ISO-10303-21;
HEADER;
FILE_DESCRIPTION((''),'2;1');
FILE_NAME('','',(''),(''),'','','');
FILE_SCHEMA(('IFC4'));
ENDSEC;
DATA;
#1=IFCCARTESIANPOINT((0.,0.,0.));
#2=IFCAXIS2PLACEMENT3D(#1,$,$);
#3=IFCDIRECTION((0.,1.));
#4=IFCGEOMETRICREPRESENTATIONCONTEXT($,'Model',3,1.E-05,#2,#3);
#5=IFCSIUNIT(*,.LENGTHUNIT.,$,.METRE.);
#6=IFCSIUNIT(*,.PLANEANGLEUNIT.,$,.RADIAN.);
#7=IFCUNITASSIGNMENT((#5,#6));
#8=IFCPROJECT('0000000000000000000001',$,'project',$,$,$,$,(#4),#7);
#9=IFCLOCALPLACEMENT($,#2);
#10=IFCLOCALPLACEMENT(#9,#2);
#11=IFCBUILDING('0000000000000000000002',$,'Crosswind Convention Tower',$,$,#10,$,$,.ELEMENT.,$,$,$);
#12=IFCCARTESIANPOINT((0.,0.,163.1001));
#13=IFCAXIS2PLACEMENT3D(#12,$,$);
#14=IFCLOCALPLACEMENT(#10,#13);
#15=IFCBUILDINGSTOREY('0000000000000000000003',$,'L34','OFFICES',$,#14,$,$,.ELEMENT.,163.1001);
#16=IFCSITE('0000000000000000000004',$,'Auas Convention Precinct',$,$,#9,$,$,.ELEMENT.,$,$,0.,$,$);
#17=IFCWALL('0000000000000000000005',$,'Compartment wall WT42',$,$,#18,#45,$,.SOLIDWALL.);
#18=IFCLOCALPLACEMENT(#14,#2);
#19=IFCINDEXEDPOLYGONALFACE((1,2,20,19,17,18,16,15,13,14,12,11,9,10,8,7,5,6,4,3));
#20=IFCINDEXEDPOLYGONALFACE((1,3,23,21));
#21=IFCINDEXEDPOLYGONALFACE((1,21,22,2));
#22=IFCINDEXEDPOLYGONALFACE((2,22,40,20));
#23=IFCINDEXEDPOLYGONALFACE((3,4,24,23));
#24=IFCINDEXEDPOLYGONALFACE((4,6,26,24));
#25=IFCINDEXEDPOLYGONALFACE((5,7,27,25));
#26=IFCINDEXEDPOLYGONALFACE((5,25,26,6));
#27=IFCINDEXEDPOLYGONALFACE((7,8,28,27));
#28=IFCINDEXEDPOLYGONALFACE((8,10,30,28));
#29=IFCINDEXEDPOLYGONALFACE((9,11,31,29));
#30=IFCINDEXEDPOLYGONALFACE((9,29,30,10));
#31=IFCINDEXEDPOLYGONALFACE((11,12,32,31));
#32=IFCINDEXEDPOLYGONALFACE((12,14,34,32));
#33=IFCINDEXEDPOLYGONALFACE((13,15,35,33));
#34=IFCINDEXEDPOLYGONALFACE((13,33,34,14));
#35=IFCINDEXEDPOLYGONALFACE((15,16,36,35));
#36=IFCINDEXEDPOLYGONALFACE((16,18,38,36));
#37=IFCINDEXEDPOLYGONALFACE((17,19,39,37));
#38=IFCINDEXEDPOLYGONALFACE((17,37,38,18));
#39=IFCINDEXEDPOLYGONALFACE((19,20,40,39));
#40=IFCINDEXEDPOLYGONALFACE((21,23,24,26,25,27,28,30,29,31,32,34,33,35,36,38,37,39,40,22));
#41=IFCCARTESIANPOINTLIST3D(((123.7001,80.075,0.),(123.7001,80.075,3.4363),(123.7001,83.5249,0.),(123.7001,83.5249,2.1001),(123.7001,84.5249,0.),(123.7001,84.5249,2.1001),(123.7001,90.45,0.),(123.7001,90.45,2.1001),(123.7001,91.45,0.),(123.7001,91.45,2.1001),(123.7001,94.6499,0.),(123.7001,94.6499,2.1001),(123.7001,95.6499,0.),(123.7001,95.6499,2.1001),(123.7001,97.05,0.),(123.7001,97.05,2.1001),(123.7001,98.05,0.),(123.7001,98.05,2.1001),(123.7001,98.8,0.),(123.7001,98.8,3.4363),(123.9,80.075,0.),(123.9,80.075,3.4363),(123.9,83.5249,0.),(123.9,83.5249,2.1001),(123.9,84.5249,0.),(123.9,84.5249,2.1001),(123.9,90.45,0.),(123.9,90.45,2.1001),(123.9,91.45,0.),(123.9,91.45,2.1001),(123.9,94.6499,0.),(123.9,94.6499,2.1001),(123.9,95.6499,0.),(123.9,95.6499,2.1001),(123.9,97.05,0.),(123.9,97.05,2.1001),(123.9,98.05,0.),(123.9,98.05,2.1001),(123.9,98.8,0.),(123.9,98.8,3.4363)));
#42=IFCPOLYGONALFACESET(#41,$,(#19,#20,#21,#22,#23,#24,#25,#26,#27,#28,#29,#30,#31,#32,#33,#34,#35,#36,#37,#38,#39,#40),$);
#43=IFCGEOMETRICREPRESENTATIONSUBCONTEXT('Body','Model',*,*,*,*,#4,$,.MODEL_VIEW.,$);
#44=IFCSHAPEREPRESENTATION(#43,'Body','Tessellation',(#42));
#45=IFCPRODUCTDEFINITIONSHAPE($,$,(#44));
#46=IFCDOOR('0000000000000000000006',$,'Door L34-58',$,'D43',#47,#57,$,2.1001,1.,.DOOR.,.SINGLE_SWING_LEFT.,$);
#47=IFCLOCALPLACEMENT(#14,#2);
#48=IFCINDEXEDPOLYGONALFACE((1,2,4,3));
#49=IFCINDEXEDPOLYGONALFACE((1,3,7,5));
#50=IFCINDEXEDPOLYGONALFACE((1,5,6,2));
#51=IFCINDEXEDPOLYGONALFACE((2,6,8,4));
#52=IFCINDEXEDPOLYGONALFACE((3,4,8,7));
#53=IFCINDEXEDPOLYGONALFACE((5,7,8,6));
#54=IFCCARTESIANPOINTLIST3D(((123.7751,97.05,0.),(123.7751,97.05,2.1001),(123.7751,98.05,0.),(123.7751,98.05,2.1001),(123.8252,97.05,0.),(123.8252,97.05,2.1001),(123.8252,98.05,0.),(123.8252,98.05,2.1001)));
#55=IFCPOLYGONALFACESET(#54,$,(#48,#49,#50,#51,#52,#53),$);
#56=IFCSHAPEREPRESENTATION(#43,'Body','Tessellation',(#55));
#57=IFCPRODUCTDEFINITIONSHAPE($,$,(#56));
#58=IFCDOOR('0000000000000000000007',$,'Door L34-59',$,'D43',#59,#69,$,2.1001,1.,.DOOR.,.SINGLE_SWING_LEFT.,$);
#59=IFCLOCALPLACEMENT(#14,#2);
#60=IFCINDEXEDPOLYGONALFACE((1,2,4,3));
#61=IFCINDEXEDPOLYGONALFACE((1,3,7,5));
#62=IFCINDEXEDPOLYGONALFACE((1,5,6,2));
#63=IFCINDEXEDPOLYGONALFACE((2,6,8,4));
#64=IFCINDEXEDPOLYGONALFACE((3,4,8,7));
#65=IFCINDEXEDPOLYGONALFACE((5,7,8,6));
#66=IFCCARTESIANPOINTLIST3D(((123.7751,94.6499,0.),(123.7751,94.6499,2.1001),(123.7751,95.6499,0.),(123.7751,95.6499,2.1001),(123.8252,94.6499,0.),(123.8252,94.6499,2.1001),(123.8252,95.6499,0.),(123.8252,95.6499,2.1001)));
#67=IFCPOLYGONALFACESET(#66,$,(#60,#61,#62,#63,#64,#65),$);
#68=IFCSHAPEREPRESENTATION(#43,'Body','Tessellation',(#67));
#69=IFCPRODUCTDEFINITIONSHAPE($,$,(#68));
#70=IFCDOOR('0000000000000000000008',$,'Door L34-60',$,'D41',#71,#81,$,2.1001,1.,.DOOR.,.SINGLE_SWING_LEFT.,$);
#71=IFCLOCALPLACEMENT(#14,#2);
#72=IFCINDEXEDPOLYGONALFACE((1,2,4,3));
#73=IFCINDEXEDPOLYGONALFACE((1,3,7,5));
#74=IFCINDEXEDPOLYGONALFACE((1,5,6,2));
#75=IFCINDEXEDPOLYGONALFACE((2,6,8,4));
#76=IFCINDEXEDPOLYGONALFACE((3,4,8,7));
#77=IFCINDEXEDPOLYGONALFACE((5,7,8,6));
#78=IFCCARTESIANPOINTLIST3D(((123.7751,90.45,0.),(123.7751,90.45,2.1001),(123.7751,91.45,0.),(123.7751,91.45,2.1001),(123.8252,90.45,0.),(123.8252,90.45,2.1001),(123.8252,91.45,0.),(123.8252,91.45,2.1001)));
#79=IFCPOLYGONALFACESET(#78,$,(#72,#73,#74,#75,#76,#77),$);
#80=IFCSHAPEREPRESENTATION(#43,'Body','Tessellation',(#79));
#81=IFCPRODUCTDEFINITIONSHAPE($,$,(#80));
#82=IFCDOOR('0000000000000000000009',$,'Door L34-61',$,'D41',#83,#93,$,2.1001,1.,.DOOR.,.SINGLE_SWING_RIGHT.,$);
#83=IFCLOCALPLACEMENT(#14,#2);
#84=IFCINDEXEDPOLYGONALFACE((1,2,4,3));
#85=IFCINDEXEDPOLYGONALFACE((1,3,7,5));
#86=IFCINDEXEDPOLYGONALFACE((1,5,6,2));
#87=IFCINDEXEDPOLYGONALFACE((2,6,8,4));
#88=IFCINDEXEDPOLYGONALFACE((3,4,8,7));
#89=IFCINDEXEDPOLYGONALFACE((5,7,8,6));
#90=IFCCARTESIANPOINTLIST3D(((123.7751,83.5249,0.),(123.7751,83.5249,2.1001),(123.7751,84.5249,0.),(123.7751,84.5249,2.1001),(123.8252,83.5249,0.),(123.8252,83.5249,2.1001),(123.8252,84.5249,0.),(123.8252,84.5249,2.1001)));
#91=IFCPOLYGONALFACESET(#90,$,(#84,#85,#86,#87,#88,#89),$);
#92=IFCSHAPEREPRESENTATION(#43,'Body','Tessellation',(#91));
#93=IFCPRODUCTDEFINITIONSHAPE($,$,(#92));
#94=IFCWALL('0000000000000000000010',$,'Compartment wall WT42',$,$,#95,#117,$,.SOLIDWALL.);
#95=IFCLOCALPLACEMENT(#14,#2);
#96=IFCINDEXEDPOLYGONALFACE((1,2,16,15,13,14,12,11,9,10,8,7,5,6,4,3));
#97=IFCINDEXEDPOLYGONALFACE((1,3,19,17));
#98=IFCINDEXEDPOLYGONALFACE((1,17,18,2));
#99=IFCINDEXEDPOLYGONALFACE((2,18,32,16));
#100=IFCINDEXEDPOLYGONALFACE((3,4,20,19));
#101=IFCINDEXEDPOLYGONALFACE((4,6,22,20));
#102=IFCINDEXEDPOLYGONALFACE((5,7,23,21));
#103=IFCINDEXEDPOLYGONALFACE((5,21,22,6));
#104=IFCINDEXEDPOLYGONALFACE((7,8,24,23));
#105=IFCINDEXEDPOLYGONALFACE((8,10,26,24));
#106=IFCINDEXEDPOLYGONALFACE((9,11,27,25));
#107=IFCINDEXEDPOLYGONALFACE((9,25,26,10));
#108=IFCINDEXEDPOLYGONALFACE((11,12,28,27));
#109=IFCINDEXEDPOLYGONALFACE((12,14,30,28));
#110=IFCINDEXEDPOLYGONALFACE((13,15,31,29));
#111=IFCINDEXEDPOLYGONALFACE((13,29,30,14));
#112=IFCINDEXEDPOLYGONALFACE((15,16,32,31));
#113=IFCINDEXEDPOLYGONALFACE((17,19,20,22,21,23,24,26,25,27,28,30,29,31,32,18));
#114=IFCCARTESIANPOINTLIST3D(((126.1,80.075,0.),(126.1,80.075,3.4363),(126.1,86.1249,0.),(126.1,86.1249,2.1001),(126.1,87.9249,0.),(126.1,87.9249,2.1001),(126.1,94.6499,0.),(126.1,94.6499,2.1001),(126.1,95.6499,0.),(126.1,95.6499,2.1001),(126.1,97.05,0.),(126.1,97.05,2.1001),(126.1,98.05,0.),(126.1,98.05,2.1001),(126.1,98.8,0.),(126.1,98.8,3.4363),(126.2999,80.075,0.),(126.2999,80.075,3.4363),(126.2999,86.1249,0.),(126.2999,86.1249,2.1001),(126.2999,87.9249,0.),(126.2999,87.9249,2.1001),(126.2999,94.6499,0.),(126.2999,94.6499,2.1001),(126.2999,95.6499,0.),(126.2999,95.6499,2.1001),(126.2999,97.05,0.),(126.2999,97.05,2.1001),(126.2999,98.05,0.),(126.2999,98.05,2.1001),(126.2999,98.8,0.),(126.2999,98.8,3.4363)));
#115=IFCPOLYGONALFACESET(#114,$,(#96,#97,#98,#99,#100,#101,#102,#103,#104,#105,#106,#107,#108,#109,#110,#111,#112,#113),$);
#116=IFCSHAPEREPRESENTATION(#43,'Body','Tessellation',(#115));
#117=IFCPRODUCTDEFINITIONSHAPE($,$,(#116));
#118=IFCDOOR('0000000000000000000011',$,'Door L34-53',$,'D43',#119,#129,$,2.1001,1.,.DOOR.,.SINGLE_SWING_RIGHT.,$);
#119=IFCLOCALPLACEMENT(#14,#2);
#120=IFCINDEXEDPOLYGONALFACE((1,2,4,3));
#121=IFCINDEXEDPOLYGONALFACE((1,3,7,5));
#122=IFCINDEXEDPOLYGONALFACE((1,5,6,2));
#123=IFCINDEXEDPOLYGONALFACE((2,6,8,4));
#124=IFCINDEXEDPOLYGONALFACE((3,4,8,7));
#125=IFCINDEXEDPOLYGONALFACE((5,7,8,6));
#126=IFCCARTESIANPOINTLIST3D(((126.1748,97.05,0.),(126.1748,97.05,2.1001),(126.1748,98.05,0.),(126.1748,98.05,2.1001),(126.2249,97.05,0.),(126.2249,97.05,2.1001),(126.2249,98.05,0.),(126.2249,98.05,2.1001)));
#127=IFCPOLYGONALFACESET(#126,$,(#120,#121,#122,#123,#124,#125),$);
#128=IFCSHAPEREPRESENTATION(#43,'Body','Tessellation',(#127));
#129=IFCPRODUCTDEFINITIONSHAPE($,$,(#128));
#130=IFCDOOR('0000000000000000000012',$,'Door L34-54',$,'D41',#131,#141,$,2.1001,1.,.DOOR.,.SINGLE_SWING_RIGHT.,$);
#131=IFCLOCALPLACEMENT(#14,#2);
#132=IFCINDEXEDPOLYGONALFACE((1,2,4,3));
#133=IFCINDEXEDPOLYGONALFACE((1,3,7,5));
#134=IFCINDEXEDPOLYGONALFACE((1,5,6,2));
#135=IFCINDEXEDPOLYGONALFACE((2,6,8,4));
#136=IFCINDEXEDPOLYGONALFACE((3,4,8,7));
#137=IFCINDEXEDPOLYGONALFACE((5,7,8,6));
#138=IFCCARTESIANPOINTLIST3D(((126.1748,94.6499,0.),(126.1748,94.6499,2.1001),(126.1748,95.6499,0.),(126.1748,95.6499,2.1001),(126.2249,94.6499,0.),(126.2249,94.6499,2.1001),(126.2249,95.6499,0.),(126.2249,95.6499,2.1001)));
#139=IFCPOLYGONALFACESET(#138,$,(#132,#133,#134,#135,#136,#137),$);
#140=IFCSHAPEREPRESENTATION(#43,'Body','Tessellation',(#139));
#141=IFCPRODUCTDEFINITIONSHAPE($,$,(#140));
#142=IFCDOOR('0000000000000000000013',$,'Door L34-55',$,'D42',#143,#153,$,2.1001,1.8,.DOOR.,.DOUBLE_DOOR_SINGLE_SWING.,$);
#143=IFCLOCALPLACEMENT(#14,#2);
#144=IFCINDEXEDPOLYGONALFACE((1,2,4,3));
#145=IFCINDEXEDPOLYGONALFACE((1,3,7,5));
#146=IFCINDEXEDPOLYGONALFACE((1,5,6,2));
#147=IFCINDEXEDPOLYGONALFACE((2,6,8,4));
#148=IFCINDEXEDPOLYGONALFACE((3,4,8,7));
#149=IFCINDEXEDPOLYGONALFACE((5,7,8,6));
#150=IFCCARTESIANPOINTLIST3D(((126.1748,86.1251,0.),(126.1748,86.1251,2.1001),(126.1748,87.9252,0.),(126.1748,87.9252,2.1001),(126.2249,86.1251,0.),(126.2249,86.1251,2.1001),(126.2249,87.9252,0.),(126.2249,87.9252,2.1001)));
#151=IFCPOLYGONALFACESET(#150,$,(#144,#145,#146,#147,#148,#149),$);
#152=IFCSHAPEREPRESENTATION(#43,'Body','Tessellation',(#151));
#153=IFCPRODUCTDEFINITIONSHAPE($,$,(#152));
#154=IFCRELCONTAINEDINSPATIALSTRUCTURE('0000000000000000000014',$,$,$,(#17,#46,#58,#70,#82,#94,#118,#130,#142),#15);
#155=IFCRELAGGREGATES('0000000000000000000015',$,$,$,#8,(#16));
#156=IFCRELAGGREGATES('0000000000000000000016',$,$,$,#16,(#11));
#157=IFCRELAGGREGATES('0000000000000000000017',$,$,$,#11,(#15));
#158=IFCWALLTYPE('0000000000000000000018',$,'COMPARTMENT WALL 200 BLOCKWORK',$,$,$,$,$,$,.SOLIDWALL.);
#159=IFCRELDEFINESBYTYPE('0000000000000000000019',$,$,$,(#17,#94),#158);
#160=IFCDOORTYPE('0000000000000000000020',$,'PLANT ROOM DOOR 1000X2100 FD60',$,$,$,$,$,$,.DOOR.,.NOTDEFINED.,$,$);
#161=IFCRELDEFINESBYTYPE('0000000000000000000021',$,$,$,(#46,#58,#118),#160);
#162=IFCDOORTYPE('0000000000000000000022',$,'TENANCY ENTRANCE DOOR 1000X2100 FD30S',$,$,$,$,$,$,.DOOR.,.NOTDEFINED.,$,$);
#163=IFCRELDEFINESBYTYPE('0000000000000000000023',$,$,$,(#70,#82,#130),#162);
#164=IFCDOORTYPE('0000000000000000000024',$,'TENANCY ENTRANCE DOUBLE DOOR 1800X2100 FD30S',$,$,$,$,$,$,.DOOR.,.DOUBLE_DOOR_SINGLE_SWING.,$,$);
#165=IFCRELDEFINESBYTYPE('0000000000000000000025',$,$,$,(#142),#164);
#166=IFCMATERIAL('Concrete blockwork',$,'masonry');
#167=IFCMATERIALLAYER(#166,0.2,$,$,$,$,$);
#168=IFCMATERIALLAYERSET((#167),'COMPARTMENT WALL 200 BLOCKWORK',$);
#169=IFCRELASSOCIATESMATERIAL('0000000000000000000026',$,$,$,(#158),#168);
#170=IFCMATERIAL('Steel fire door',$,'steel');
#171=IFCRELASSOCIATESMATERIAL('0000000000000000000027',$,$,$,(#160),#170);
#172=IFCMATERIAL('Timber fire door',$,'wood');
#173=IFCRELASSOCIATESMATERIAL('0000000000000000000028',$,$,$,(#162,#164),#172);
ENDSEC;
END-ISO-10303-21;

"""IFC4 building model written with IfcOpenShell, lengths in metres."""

from ifc_helpers import new_model, si_unit, direction, frame, frame_2d, origin, place, context, subcontext, project, spatial, rectangle, extrude, material, layer, layer_set, type_object, element, fill, save


model = new_model("IFC4")

# Units and contexts
model_context = context("Model", 3, precision=1e-05, world=origin(), true_north=direction((0.0, 1.0)))
body_context = subcontext(model_context, "Body", "Model", "MODEL_VIEW")
ifc_project = project(units=[si_unit("LENGTHUNIT", "METRE"), si_unit("PLANEANGLEUNIT", "RADIAN")], contexts=[model_context])

# Site, building, storey
site_placement = place(None, origin())
site = spatial("IfcSite", under=ifc_project, at=site_placement, Name="Auas Convention Precinct", CompositionType="ELEMENT", RefElevation=0.0)
building_placement = place(site_placement, origin())
building = spatial("IfcBuilding", under=site, at=building_placement, Name="Crosswind Convention Tower", CompositionType="ELEMENT")
storey_placement = place(building_placement, frame((0.0, 0.0, 163.1001)))
storey = spatial("IfcBuildingStorey", under=building, at=storey_placement, Name="L34", Description="OFFICES", CompositionType="ELEMENT", Elevation=163.1001)

# Walls, openings, doors
ifc_material_1 = material(Name="Concrete blockwork", Category="masonry")
ifc_layer_1 = layer(ifc_material_1, 0.2)
ifc_layer_set_1 = layer_set([ifc_layer_1], Name="COMPARTMENT WALL 200 BLOCKWORK")
wall_type = type_object("IfcWallType", Name="COMPARTMENT WALL 200 BLOCKWORK", PredefinedType="SOLIDWALL", material=ifc_layer_set_1)
wall_1_placement = place(storey_placement, frame((123.8, 80.075, 0.0), z_axis=(0.0, 0.0, 1.0), x_axis=(0.0, 1.0, 0.0)))
wall_1 = element("IfcWall", 1, at=wall_1_placement, inside=storey, type_object=wall_type, Name="Compartment wall WT42", PredefinedType="SOLIDWALL", context=body_context, shape_type="SweptSolid", body=[
    extrude(rectangle(XDim=18.7251, YDim=0.2, at=frame_2d((9.3625, 0.0))), origin(), (0.0, 0.0, 1.0), 3.4363),
])
opening_1_placement = place(wall_1_placement, frame((16.9751, 0.0, 0.0)))
opening_1 = element("IfcOpeningElement", 2, at=opening_1_placement, cuts=wall_1, PredefinedType="OPENING", context=body_context, shape_type="SweptSolid", body=[
    extrude(rectangle(XDim=1.0, YDim=2.1001, at=frame_2d((0.5, 1.05))), frame((0.0, 0.1099, 0.0), z_axis=(0.0, -1.0, 0.0), x_axis=(1.0, 0.0, 0.0)), (0.0, 0.0, 1.0), 0.22),
])
opening_2_placement = place(wall_1_placement, frame((14.575, 0.0, 0.0)))
opening_2 = element("IfcOpeningElement", 3, at=opening_2_placement, cuts=wall_1, PredefinedType="OPENING", context=body_context, shape_type="SweptSolid", body=[
    extrude(rectangle(XDim=1.0, YDim=2.1001, at=frame_2d((0.5, 1.05))), frame((0.0, 0.1099, 0.0), z_axis=(0.0, -1.0, 0.0), x_axis=(1.0, 0.0, 0.0)), (0.0, 0.0, 1.0), 0.22),
])
opening_3_placement = place(wall_1_placement, frame((10.375, 0.0, 0.0)))
opening_3 = element("IfcOpeningElement", 4, at=opening_3_placement, cuts=wall_1, PredefinedType="OPENING", context=body_context, shape_type="SweptSolid", body=[
    extrude(rectangle(XDim=1.0, YDim=2.1001, at=frame_2d((0.5, 1.05))), frame((0.0, 0.1099, 0.0), z_axis=(0.0, -1.0, 0.0), x_axis=(1.0, 0.0, 0.0)), (0.0, 0.0, 1.0), 0.22),
])
opening_4_placement = place(wall_1_placement, frame((3.45, 0.0, 0.0)))
opening_4 = element("IfcOpeningElement", 5, at=opening_4_placement, cuts=wall_1, PredefinedType="OPENING", context=body_context, shape_type="SweptSolid", body=[
    extrude(rectangle(XDim=1.0, YDim=2.1001, at=frame_2d((0.5, 1.05))), frame((0.0, 0.1099, 0.0), z_axis=(0.0, -1.0, 0.0), x_axis=(1.0, 0.0, 0.0)), (0.0, 0.0, 1.0), 0.22),
])
ifc_material_2 = material(Name="Steel fire door", Category="steel")
door_type_1 = type_object("IfcDoorType", Name="PLANT ROOM DOOR 1000X2100 FD60", OperationType="NOTDEFINED", PredefinedType="DOOR", material=ifc_material_2)
door_1_placement = place(opening_1_placement, origin())
door_1 = element("IfcDoor", 6, at=door_1_placement, inside=storey, type_object=door_type_1, Name="Door L34-58", ObjectType="D43", OperationType="SINGLE_SWING_LEFT", OverallHeight=2.1001, OverallWidth=1.0, PredefinedType="DOOR", context=body_context, shape_type="SweptSolid", body=[
    extrude(rectangle(XDim=1.0, YDim=2.1001, at=frame_2d((0.5, 1.05))), frame((0.0, 0.0249, 0.0), z_axis=(0.0, -1.0, 0.0), x_axis=(1.0, 0.0, 0.0)), (0.0, 0.0, 1.0), 0.05),
])
fill(opening_1, door_1)
door_2_placement = place(opening_2_placement, origin())
door_2 = element("IfcDoor", 7, at=door_2_placement, inside=storey, type_object=door_type_1, Name="Door L34-59", ObjectType="D43", OperationType="SINGLE_SWING_LEFT", OverallHeight=2.1001, OverallWidth=1.0, PredefinedType="DOOR", context=body_context, shape_type="SweptSolid", body=[
    extrude(rectangle(XDim=1.0, YDim=2.1001, at=frame_2d((0.5, 1.05))), frame((0.0, 0.0249, 0.0), z_axis=(0.0, -1.0, 0.0), x_axis=(1.0, 0.0, 0.0)), (0.0, 0.0, 1.0), 0.05),
])
fill(opening_2, door_2)
ifc_material_3 = material(Name="Timber fire door", Category="wood")
door_type_2 = type_object("IfcDoorType", Name="TENANCY ENTRANCE DOOR 1000X2100 FD30S", OperationType="NOTDEFINED", PredefinedType="DOOR", material=ifc_material_3)
door_3_placement = place(opening_3_placement, origin())
door_3 = element("IfcDoor", 8, at=door_3_placement, inside=storey, type_object=door_type_2, Name="Door L34-60", ObjectType="D41", OperationType="SINGLE_SWING_LEFT", OverallHeight=2.1001, OverallWidth=1.0, PredefinedType="DOOR", context=body_context, shape_type="SweptSolid", body=[
    extrude(rectangle(XDim=1.0, YDim=2.1001, at=frame_2d((0.5, 1.05))), frame((0.0, 0.0249, 0.0), z_axis=(0.0, -1.0, 0.0), x_axis=(1.0, 0.0, 0.0)), (0.0, 0.0, 1.0), 0.05),
])
fill(opening_3, door_3)
door_4_placement = place(opening_4_placement, origin())
door_4 = element("IfcDoor", 9, at=door_4_placement, inside=storey, type_object=door_type_2, Name="Door L34-61", ObjectType="D41", OperationType="SINGLE_SWING_RIGHT", OverallHeight=2.1001, OverallWidth=1.0, PredefinedType="DOOR", context=body_context, shape_type="SweptSolid", body=[
    extrude(rectangle(XDim=1.0, YDim=2.1001, at=frame_2d((0.5, 1.05))), frame((0.0, 0.0249, 0.0), z_axis=(0.0, -1.0, 0.0), x_axis=(1.0, 0.0, 0.0)), (0.0, 0.0, 1.0), 0.05),
])
fill(opening_4, door_4)
wall_2_placement = place(storey_placement, frame((126.2, 80.075, 0.0), z_axis=(0.0, 0.0, 1.0), x_axis=(0.0, 1.0, 0.0)))
wall_2 = element("IfcWall", 10, at=wall_2_placement, inside=storey, type_object=wall_type, Name="Compartment wall WT42", PredefinedType="SOLIDWALL", context=body_context, shape_type="SweptSolid", body=[
    extrude(rectangle(XDim=18.7251, YDim=0.2, at=frame_2d((9.3625, 0.0))), origin(), (0.0, 0.0, 1.0), 3.4363),
])
opening_5_placement = place(wall_2_placement, frame((16.9751, 0.0, 0.0)))
opening_5 = element("IfcOpeningElement", 11, at=opening_5_placement, cuts=wall_2, PredefinedType="OPENING", context=body_context, shape_type="SweptSolid", body=[
    extrude(rectangle(XDim=1.0, YDim=2.1001, at=frame_2d((0.5, 1.05))), frame((0.0, 0.1099, 0.0), z_axis=(0.0, -1.0, 0.0), x_axis=(1.0, 0.0, 0.0)), (0.0, 0.0, 1.0), 0.22),
])
opening_6_placement = place(wall_2_placement, frame((14.575, 0.0, 0.0)))
opening_6 = element("IfcOpeningElement", 12, at=opening_6_placement, cuts=wall_2, PredefinedType="OPENING", context=body_context, shape_type="SweptSolid", body=[
    extrude(rectangle(XDim=1.0, YDim=2.1001, at=frame_2d((0.5, 1.05))), frame((0.0, 0.1099, 0.0), z_axis=(0.0, -1.0, 0.0), x_axis=(1.0, 0.0, 0.0)), (0.0, 0.0, 1.0), 0.22),
])
opening_7_placement = place(wall_2_placement, frame((6.05, 0.0, 0.0)))
opening_7 = element("IfcOpeningElement", 13, at=opening_7_placement, cuts=wall_2, PredefinedType="OPENING", context=body_context, shape_type="SweptSolid", body=[
    extrude(rectangle(XDim=1.8, YDim=2.1001, at=frame_2d((0.8999, 1.05))), frame((0.0, 0.1099, 0.0), z_axis=(0.0, -1.0, 0.0), x_axis=(1.0, 0.0, 0.0)), (0.0, 0.0, 1.0), 0.22),
])
door_5_placement = place(opening_5_placement, frame((1.0, 0.0, 0.0), z_axis=(0.0, 0.0, 1.0), x_axis=(-1.0, 0.0, 0.0)))
door_5 = element("IfcDoor", 14, at=door_5_placement, inside=storey, type_object=door_type_1, Name="Door L34-53", ObjectType="D43", OperationType="SINGLE_SWING_RIGHT", OverallHeight=2.1001, OverallWidth=1.0, PredefinedType="DOOR", context=body_context, shape_type="SweptSolid", body=[
    extrude(rectangle(XDim=1.0, YDim=2.1001, at=frame_2d((0.5, 1.05))), frame((0.0, 0.0249, 0.0), z_axis=(0.0, -1.0, 0.0), x_axis=(1.0, 0.0, 0.0)), (0.0, 0.0, 1.0), 0.05),
])
fill(opening_5, door_5)
door_6_placement = place(opening_6_placement, frame((1.0, 0.0, 0.0), z_axis=(0.0, 0.0, 1.0), x_axis=(-1.0, 0.0, 0.0)))
door_6 = element("IfcDoor", 15, at=door_6_placement, inside=storey, type_object=door_type_2, Name="Door L34-54", ObjectType="D41", OperationType="SINGLE_SWING_RIGHT", OverallHeight=2.1001, OverallWidth=1.0, PredefinedType="DOOR", context=body_context, shape_type="SweptSolid", body=[
    extrude(rectangle(XDim=1.0, YDim=2.1001, at=frame_2d((0.5, 1.05))), frame((0.0, 0.0249, 0.0), z_axis=(0.0, -1.0, 0.0), x_axis=(1.0, 0.0, 0.0)), (0.0, 0.0, 1.0), 0.05),
])
fill(opening_6, door_6)
door_type_3 = type_object("IfcDoorType", Name="TENANCY ENTRANCE DOUBLE DOOR 1800X2100 FD30S", OperationType="DOUBLE_DOOR_SINGLE_SWING", PredefinedType="DOOR", material=ifc_material_3)
door_7_placement = place(opening_7_placement, frame((1.8, 0.0, 0.0), z_axis=(0.0, 0.0, 1.0), x_axis=(-1.0, 0.0, 0.0)))
door_7 = element("IfcDoor", 16, at=door_7_placement, inside=storey, type_object=door_type_3, Name="Door L34-55", ObjectType="D42", OperationType="DOUBLE_DOOR_SINGLE_SWING", OverallHeight=2.1001, OverallWidth=1.8, PredefinedType="DOOR", context=body_context, shape_type="SweptSolid", body=[
    extrude(rectangle(XDim=1.8, YDim=2.1001, at=frame_2d((0.8999, 1.05))), frame((0.0, 0.0249, 0.0), z_axis=(0.0, -1.0, 0.0), x_axis=(1.0, 0.0, 0.0)), (0.0, 0.0, 1.0), 0.05),
])
fill(opening_7, door_7)

save(model, "model.ifc")
